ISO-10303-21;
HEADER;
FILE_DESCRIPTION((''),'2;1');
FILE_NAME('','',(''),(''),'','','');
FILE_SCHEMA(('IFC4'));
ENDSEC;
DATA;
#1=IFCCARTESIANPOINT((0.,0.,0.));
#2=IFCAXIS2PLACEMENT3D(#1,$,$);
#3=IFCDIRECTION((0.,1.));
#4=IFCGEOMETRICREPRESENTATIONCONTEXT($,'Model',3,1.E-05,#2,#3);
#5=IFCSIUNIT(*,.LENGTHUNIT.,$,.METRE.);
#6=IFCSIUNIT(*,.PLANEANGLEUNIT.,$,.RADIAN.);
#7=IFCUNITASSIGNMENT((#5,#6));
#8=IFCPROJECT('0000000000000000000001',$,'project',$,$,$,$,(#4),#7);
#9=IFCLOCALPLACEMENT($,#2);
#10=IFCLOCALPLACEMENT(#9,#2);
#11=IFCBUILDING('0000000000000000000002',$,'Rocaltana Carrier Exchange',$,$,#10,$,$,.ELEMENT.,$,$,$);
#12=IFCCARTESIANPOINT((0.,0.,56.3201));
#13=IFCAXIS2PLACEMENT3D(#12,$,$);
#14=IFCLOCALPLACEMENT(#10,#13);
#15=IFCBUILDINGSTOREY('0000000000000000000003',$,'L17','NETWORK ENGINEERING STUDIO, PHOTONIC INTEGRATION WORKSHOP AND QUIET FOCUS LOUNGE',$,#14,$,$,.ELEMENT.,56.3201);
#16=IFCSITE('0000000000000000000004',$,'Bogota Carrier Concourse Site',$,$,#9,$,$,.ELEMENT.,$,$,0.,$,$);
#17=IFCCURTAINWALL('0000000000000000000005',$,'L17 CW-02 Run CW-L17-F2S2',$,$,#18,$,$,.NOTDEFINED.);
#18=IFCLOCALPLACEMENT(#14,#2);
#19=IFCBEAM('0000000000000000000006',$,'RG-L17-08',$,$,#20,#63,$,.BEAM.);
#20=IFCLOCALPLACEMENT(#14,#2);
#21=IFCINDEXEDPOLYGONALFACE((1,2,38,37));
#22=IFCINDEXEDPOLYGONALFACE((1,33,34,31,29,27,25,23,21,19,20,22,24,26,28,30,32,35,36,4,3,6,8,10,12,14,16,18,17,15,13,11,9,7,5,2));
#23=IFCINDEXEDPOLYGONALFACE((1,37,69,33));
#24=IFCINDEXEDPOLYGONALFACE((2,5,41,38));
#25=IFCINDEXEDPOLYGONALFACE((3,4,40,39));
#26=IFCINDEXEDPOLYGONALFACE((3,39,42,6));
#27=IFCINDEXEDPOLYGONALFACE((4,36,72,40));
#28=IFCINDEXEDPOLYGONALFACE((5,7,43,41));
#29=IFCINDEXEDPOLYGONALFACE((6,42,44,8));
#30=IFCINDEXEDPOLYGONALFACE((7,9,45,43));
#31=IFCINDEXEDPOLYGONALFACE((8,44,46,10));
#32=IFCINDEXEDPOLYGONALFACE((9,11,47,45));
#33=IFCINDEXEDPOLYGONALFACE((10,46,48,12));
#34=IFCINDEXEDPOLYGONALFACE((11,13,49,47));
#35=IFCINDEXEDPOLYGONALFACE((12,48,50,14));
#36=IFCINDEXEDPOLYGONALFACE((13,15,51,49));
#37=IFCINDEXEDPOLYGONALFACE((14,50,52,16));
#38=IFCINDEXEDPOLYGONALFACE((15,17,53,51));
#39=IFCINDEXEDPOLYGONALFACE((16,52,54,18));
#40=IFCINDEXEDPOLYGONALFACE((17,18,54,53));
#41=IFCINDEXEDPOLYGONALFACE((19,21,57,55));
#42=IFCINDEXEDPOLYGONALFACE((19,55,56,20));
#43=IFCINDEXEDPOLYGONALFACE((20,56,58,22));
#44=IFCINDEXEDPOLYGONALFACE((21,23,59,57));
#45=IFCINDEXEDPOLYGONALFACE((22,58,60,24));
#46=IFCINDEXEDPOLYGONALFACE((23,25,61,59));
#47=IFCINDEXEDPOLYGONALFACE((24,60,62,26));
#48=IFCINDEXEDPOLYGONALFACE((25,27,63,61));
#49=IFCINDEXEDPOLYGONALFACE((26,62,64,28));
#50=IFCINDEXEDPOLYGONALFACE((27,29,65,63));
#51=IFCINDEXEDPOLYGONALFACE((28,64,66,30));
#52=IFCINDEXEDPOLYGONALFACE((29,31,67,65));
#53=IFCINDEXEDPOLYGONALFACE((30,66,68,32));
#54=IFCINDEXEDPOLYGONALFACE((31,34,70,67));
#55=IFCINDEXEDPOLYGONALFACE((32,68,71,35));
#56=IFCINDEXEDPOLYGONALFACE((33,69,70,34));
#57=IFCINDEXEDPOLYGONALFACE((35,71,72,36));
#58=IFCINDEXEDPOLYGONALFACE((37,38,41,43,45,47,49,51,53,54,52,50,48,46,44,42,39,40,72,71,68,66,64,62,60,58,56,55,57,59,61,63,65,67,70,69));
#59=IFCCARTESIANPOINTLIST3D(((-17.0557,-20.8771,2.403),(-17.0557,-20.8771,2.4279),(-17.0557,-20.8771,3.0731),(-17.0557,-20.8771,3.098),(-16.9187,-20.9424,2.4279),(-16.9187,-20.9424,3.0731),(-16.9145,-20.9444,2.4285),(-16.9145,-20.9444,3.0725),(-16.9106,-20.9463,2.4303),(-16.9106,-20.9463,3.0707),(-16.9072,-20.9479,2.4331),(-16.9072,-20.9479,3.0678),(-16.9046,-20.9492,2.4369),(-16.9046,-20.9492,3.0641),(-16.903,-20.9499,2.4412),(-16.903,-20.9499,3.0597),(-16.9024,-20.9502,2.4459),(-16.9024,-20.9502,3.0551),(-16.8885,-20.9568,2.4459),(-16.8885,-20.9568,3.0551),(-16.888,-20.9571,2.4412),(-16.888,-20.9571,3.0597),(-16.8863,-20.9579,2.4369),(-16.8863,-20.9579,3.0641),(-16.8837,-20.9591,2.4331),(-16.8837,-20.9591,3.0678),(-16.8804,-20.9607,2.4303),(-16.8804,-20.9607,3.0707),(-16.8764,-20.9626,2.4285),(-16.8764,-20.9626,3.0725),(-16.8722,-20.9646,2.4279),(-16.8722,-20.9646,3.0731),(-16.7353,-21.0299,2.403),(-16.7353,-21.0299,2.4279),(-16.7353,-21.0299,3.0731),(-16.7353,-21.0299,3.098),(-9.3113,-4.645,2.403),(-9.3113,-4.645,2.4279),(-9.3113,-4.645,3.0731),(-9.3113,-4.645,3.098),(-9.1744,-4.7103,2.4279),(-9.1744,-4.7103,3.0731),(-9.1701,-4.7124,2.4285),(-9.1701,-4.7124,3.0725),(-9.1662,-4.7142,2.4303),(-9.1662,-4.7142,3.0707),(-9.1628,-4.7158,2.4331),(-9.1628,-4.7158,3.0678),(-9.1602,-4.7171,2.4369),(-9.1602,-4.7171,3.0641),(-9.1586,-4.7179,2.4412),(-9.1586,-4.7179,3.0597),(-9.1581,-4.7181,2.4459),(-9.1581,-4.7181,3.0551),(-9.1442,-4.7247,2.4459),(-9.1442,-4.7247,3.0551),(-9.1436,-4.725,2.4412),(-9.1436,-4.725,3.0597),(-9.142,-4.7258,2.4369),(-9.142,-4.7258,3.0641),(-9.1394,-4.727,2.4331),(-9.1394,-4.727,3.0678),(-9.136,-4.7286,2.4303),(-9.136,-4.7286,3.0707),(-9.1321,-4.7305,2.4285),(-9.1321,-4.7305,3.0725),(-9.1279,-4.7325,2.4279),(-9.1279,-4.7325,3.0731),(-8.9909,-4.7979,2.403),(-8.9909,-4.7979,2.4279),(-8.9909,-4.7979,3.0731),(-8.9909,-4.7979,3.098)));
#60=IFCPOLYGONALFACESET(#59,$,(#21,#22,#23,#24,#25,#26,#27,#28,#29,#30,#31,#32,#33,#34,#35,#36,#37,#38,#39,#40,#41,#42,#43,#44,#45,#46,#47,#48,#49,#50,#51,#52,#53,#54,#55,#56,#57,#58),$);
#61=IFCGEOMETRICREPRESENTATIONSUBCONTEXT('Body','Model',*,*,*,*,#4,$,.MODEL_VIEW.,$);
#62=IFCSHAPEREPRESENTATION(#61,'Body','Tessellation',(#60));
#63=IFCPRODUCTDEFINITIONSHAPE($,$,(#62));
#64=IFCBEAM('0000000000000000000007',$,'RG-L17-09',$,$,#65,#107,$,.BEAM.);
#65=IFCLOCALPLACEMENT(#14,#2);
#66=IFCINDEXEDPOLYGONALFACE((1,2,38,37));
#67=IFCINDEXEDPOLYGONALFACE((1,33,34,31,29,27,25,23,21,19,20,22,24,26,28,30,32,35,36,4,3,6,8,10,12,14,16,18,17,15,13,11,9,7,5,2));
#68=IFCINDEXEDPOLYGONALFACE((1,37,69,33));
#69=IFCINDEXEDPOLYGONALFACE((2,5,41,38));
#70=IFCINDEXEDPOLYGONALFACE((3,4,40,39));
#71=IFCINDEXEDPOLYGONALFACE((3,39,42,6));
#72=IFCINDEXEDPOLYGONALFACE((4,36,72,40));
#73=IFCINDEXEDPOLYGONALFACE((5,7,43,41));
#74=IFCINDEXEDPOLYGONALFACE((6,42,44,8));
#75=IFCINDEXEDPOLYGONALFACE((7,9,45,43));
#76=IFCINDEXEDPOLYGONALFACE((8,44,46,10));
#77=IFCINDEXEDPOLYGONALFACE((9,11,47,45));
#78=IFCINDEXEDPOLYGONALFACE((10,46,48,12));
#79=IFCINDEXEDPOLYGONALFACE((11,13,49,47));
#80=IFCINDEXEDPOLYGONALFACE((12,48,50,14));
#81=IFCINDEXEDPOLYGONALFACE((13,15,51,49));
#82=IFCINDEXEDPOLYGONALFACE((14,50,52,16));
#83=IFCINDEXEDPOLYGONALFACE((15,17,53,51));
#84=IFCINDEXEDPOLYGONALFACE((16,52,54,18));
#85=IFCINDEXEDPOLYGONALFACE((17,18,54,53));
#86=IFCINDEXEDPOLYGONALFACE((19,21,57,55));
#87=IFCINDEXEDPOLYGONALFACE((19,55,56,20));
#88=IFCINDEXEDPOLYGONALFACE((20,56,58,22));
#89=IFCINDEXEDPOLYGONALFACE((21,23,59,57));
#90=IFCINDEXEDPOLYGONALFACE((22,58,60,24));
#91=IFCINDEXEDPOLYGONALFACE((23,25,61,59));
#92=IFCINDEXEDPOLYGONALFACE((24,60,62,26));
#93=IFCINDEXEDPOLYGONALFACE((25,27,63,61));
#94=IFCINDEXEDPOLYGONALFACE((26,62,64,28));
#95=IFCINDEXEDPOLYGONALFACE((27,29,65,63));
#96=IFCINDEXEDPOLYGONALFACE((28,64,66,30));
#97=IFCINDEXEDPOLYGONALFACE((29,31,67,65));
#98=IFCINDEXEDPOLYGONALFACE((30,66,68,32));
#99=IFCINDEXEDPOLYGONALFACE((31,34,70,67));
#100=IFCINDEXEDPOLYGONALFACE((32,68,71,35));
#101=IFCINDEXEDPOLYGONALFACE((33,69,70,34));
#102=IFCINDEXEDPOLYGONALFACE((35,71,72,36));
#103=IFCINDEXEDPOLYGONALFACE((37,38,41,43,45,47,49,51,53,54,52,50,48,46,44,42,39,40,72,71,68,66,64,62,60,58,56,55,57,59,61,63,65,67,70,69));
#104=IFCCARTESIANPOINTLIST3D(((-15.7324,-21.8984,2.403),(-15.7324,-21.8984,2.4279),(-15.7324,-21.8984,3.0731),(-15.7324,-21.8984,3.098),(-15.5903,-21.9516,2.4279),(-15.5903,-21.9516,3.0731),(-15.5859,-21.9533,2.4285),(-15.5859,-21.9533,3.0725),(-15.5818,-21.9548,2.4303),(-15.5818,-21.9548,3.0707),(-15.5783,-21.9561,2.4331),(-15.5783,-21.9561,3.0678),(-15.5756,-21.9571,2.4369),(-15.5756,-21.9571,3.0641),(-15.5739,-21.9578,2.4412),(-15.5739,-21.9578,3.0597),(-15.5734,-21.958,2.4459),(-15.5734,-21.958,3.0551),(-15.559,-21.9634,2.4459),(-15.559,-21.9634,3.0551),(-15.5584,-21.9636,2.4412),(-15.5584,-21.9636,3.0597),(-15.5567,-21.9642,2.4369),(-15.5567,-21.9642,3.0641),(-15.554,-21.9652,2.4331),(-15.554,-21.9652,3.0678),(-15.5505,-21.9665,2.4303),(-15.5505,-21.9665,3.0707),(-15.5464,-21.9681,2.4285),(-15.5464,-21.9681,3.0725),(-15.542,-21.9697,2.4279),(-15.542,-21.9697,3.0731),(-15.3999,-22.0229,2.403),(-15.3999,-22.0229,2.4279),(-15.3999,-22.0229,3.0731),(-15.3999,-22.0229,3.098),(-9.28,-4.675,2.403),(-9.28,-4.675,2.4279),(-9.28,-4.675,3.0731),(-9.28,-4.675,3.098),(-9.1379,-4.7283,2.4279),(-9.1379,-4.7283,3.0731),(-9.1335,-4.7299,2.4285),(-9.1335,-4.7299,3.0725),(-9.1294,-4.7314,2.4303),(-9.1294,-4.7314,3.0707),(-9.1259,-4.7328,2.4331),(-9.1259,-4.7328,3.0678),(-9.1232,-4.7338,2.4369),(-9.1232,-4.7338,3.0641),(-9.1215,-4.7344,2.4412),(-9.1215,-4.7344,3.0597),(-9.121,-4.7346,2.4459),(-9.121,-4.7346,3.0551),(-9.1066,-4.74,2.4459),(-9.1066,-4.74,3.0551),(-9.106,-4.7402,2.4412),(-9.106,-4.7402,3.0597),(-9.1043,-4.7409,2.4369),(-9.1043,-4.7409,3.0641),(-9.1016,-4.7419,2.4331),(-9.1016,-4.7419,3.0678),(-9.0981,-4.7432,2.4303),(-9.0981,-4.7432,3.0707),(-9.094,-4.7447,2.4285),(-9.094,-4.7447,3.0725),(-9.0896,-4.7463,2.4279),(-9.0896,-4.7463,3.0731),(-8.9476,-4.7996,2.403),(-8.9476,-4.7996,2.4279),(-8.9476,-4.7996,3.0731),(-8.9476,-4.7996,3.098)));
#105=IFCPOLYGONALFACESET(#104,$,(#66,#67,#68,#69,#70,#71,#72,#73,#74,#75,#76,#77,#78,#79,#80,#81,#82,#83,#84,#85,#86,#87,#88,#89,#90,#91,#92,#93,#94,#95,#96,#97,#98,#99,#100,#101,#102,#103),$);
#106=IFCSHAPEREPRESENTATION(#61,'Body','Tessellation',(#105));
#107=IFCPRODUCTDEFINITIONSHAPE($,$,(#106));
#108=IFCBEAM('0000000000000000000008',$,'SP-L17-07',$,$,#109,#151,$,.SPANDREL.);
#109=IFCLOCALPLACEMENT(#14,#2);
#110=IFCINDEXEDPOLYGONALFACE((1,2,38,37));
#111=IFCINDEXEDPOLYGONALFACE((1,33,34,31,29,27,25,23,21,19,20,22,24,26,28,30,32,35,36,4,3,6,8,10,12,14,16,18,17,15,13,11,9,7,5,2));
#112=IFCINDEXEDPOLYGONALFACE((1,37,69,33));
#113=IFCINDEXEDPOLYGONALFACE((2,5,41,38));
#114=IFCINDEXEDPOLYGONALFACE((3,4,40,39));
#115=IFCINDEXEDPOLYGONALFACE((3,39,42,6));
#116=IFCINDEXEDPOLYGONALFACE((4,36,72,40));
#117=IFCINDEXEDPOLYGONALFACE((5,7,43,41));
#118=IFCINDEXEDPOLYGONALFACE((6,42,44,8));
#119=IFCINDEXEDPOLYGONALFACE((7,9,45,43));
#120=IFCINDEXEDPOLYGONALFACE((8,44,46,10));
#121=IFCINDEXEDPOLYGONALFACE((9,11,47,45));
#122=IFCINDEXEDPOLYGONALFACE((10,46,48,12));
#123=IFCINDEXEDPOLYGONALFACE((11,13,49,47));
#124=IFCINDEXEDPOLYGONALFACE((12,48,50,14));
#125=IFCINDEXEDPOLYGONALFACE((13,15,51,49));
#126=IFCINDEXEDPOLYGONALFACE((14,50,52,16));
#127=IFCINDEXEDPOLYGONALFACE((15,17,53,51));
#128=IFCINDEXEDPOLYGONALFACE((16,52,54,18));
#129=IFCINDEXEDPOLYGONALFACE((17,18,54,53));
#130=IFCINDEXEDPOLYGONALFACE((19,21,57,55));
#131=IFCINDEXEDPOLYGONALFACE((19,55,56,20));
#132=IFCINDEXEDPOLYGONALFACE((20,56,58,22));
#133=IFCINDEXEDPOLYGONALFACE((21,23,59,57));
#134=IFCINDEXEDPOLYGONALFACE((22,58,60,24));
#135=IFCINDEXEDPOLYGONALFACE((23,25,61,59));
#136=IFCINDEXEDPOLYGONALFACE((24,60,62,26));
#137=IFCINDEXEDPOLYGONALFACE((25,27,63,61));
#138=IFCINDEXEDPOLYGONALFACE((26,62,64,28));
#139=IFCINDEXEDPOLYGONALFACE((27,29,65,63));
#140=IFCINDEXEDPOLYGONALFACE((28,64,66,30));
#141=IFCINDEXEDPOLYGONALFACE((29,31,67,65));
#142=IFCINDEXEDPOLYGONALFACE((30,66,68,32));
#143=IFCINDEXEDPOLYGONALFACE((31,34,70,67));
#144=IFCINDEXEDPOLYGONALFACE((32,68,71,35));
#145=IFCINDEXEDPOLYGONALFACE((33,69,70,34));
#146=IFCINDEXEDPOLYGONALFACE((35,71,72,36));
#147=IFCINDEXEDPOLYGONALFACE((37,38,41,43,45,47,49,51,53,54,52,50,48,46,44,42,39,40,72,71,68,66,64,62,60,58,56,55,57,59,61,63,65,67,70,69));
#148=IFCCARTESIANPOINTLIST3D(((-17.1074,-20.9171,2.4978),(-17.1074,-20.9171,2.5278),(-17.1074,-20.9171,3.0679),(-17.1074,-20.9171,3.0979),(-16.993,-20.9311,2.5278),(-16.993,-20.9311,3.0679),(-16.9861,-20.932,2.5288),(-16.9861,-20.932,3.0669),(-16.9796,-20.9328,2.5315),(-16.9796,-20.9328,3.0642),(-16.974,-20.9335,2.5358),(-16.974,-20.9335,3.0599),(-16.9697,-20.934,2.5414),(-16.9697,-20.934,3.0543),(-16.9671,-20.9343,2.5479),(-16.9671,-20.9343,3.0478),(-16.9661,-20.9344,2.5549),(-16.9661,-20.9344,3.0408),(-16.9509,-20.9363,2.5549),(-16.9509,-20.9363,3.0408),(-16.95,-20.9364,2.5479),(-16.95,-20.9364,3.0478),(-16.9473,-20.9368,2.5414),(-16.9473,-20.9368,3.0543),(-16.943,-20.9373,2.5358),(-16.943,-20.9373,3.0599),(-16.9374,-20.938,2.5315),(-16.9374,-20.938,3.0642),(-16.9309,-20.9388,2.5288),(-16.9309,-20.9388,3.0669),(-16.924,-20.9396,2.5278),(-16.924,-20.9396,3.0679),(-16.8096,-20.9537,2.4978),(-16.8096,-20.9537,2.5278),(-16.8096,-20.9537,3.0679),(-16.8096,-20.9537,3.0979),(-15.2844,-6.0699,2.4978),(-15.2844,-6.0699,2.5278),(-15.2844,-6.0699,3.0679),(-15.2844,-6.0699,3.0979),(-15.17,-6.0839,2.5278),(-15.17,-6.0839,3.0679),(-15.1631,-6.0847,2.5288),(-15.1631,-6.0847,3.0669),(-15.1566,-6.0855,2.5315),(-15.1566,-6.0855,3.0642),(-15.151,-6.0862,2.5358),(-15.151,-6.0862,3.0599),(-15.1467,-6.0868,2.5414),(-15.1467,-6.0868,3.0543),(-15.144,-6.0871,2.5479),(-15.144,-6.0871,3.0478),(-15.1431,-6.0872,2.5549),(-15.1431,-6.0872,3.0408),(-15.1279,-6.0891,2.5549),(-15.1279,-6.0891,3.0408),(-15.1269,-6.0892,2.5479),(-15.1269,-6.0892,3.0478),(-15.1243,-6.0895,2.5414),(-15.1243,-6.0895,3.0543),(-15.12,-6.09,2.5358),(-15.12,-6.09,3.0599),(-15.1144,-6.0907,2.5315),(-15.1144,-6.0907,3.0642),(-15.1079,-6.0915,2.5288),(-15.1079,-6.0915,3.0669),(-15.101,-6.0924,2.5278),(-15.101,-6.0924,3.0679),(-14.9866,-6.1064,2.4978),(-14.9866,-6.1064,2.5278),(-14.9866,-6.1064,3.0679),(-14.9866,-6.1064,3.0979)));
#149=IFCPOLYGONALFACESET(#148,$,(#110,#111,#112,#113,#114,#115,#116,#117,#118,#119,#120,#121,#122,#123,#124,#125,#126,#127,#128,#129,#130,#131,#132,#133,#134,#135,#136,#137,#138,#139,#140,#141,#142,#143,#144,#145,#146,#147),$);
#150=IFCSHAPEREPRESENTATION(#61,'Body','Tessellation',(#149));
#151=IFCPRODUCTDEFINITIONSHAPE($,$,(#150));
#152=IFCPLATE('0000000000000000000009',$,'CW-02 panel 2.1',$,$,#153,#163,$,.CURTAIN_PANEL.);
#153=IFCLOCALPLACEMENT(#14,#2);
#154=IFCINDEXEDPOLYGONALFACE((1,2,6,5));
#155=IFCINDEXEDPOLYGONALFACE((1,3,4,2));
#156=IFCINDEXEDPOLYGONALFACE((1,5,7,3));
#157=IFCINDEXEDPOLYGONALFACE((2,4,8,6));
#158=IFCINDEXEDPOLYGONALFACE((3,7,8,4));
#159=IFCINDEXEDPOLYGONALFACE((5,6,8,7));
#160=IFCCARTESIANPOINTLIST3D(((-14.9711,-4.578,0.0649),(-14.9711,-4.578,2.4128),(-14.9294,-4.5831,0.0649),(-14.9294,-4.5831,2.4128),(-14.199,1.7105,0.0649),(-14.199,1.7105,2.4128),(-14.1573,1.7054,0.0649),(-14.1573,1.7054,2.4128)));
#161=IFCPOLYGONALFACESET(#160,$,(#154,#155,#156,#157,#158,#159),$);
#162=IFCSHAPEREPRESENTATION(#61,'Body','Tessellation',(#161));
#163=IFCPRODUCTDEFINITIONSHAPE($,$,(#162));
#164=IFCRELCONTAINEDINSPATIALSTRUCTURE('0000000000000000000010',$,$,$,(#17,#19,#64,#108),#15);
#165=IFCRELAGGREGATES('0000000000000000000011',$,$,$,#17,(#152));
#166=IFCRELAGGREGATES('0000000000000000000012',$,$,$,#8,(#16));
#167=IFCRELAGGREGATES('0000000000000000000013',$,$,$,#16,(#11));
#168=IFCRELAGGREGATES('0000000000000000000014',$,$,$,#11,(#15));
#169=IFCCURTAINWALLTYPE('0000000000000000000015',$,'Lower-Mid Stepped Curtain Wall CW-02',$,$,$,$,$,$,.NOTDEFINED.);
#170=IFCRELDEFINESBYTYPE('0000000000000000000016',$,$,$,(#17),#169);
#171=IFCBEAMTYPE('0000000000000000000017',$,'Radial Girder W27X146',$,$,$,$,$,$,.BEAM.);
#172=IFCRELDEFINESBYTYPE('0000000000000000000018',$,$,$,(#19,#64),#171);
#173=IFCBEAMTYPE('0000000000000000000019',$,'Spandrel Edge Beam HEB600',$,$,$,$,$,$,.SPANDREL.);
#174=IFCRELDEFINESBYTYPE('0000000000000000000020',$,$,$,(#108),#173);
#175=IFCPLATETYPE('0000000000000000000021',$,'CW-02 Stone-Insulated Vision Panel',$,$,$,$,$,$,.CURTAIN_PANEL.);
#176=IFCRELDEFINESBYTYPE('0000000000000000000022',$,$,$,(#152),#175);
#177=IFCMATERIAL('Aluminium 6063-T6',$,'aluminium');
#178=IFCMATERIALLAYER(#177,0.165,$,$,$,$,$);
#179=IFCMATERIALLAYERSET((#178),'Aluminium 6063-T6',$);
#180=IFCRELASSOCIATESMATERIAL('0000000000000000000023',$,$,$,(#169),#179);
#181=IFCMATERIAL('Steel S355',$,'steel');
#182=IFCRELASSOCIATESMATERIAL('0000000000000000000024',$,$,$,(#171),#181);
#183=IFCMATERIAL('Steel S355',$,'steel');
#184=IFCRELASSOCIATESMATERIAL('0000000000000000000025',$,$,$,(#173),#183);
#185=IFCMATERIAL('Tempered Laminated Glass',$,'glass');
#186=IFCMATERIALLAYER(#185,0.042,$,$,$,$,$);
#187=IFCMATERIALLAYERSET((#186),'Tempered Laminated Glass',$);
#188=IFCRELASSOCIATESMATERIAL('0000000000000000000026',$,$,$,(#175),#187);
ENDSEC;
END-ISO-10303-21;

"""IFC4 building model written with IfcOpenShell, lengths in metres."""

from ifc_helpers import new_model, si_unit, direction, frame, origin, origin_2d, place, context, subcontext, project, spatial, rectangle, i_section, extrude, material, layer, layer_set, material_profile, profile_set, type_object, element, aggregate, save


model = new_model("IFC4")

# Units and contexts
model_context = context("Model", 3, precision=1e-05, world=origin(), true_north=direction((0.0, 1.0)))
body_context = subcontext(model_context, "Body", "Model", "MODEL_VIEW")
ifc_project = project(units=[si_unit("LENGTHUNIT", "METRE"), si_unit("PLANEANGLEUNIT", "RADIAN")], contexts=[model_context])

# Site, building, storey
site_placement = place(None, origin())
site = spatial("IfcSite", under=ifc_project, at=site_placement, Name="Bogota Carrier Concourse Site", CompositionType="ELEMENT", RefElevation=0.0)
building_placement = place(site_placement, origin())
building = spatial("IfcBuilding", under=site, at=building_placement, Name="Rocaltana Carrier Exchange", CompositionType="ELEMENT")
storey_placement = place(building_placement, frame((0.0, 0.0, 56.3201)))
storey = spatial("IfcBuildingStorey", under=building, at=storey_placement, Name="L17", Description="NETWORK ENGINEERING STUDIO, PHOTONIC INTEGRATION WORKSHOP AND QUIET FOCUS LOUNGE", CompositionType="ELEMENT", Elevation=56.3201)

# Curtain wall
ifc_material_1 = material(Name="Aluminium 6063-T6", Category="aluminium")
ifc_layer_1 = layer(ifc_material_1, 0.165)
ifc_layer_set_1 = layer_set([ifc_layer_1], Name="Aluminium 6063-T6")
curtain_wall_type = type_object("IfcCurtainWallType", Name="Lower-Mid Stepped Curtain Wall CW-02", PredefinedType="NOTDEFINED", material=ifc_layer_set_1)
curtain_wall_1_placement = place(storey_placement, origin())
curtain_wall_1 = element("IfcCurtainWall", 1, at=curtain_wall_1_placement, inside=storey, type_object=curtain_wall_type, Name="L17 CW-02 Run CW-L17-F2S2", PredefinedType="NOTDEFINED")

# Beams
ifc_material_2 = material(Name="Steel S355", Category="steel")
ifc_material_profile_1 = material_profile(ifc_material_2, i_section(OverallWidth=0.355, OverallDepth=0.6951, WebThickness=0.0154, FlangeThickness=0.0249, FilletRadius=0.0181, at=origin_2d()), Name="W27X146")
ifc_profile_set_1 = profile_set([ifc_material_profile_1], Name="Steel S355")
beam_type_1 = type_object("IfcBeamType", Name="Radial Girder W27X146", PredefinedType="BEAM", material=ifc_profile_set_1)
beam_1_placement = place(storey_placement, frame((-9.1511, -4.7214, 2.7505), z_axis=(-0.430603, -0.902541, 0.0), x_axis=(0.902541, -0.430603, 0.0)))
element("IfcBeam", 2, at=beam_1_placement, inside=storey, type_object=beam_type_1, Name="RG-L17-08", PredefinedType="BEAM", context=body_context, shape_type="SweptSolid", body=[
    extrude(i_section(OverallWidth=0.355, OverallDepth=0.6951, WebThickness=0.0154, FlangeThickness=0.0249, FilletRadius=0.0181, at=origin_2d()), origin(), (0.0, 0.0, 1.0), 17.9849),
])
beam_2_placement = place(storey_placement, frame((-9.1138, -4.7373, 2.7505), z_axis=(-0.350819, -0.936443, 0.0), x_axis=(0.936443, -0.350819, 0.0)))
element("IfcBeam", 3, at=beam_2_placement, inside=storey, type_object=beam_type_1, Name="RG-L17-09", PredefinedType="BEAM", context=body_context, shape_type="SweptSolid", body=[
    extrude(i_section(OverallWidth=0.355, OverallDepth=0.6951, WebThickness=0.0154, FlangeThickness=0.0249, FilletRadius=0.0181, at=origin_2d()), origin(), (0.0, 0.0, 1.0), 18.3923),
])
ifc_material_3 = material(Name="Steel S355", Category="steel")
ifc_material_profile_2 = material_profile(ifc_material_3, i_section(OverallWidth=0.3, OverallDepth=0.6001, WebThickness=0.0154, FlangeThickness=0.03, FilletRadius=0.0271, at=origin_2d()), Name="HEB600")
ifc_profile_set_2 = profile_set([ifc_material_profile_2], Name="Steel S355")
beam_type_2 = type_object("IfcBeamType", Name="Spandrel Edge Beam HEB600", PredefinedType="SPANDREL", material=ifc_profile_set_2)
beam_3_placement = place(storey_placement, frame((-15.1355, -6.0881, 2.7979), z_axis=(-0.121869, -0.992546, 0.0), x_axis=(0.992546, -0.121869, 0.0)))
element("IfcBeam", 4, at=beam_3_placement, inside=storey, type_object=beam_type_2, Name="SP-L17-07", PredefinedType="SPANDREL", context=body_context, shape_type="SweptSolid", body=[
    extrude(i_section(OverallWidth=0.3, OverallDepth=0.6001, WebThickness=0.0154, FlangeThickness=0.03, FilletRadius=0.0271, at=origin_2d()), origin(), (0.0, 0.0, 1.0), 14.9587),
])

# Plate
ifc_material_4 = material(Name="Tempered Laminated Glass", Category="glass")
ifc_layer_2 = layer(ifc_material_4, 0.042)
ifc_layer_set_2 = layer_set([ifc_layer_2], Name="Tempered Laminated Glass")
plate_type = type_object("IfcPlateType", Name="CW-02 Stone-Insulated Vision Panel", PredefinedType="CURTAIN_PANEL", material=ifc_layer_set_2)
plate_placement = place(storey_placement, frame((-14.5642, -1.4363, 0.0649), z_axis=(0.0, 0.0, 1.0), x_axis=(-0.121874, -0.992546, 0.0)))
plate = element("IfcPlate", 5, at=plate_placement, type_object=plate_type, Name="CW-02 panel 2.1", PredefinedType="CURTAIN_PANEL", context=body_context, shape_type="SweptSolid", body=[
    extrude(rectangle(XDim=6.3357, YDim=0.042, at=origin_2d()), origin(), (0.0, 0.0, 1.0), 2.3479),
])
aggregate(curtain_wall_1, [plate])

save(model, "model.ifc")
